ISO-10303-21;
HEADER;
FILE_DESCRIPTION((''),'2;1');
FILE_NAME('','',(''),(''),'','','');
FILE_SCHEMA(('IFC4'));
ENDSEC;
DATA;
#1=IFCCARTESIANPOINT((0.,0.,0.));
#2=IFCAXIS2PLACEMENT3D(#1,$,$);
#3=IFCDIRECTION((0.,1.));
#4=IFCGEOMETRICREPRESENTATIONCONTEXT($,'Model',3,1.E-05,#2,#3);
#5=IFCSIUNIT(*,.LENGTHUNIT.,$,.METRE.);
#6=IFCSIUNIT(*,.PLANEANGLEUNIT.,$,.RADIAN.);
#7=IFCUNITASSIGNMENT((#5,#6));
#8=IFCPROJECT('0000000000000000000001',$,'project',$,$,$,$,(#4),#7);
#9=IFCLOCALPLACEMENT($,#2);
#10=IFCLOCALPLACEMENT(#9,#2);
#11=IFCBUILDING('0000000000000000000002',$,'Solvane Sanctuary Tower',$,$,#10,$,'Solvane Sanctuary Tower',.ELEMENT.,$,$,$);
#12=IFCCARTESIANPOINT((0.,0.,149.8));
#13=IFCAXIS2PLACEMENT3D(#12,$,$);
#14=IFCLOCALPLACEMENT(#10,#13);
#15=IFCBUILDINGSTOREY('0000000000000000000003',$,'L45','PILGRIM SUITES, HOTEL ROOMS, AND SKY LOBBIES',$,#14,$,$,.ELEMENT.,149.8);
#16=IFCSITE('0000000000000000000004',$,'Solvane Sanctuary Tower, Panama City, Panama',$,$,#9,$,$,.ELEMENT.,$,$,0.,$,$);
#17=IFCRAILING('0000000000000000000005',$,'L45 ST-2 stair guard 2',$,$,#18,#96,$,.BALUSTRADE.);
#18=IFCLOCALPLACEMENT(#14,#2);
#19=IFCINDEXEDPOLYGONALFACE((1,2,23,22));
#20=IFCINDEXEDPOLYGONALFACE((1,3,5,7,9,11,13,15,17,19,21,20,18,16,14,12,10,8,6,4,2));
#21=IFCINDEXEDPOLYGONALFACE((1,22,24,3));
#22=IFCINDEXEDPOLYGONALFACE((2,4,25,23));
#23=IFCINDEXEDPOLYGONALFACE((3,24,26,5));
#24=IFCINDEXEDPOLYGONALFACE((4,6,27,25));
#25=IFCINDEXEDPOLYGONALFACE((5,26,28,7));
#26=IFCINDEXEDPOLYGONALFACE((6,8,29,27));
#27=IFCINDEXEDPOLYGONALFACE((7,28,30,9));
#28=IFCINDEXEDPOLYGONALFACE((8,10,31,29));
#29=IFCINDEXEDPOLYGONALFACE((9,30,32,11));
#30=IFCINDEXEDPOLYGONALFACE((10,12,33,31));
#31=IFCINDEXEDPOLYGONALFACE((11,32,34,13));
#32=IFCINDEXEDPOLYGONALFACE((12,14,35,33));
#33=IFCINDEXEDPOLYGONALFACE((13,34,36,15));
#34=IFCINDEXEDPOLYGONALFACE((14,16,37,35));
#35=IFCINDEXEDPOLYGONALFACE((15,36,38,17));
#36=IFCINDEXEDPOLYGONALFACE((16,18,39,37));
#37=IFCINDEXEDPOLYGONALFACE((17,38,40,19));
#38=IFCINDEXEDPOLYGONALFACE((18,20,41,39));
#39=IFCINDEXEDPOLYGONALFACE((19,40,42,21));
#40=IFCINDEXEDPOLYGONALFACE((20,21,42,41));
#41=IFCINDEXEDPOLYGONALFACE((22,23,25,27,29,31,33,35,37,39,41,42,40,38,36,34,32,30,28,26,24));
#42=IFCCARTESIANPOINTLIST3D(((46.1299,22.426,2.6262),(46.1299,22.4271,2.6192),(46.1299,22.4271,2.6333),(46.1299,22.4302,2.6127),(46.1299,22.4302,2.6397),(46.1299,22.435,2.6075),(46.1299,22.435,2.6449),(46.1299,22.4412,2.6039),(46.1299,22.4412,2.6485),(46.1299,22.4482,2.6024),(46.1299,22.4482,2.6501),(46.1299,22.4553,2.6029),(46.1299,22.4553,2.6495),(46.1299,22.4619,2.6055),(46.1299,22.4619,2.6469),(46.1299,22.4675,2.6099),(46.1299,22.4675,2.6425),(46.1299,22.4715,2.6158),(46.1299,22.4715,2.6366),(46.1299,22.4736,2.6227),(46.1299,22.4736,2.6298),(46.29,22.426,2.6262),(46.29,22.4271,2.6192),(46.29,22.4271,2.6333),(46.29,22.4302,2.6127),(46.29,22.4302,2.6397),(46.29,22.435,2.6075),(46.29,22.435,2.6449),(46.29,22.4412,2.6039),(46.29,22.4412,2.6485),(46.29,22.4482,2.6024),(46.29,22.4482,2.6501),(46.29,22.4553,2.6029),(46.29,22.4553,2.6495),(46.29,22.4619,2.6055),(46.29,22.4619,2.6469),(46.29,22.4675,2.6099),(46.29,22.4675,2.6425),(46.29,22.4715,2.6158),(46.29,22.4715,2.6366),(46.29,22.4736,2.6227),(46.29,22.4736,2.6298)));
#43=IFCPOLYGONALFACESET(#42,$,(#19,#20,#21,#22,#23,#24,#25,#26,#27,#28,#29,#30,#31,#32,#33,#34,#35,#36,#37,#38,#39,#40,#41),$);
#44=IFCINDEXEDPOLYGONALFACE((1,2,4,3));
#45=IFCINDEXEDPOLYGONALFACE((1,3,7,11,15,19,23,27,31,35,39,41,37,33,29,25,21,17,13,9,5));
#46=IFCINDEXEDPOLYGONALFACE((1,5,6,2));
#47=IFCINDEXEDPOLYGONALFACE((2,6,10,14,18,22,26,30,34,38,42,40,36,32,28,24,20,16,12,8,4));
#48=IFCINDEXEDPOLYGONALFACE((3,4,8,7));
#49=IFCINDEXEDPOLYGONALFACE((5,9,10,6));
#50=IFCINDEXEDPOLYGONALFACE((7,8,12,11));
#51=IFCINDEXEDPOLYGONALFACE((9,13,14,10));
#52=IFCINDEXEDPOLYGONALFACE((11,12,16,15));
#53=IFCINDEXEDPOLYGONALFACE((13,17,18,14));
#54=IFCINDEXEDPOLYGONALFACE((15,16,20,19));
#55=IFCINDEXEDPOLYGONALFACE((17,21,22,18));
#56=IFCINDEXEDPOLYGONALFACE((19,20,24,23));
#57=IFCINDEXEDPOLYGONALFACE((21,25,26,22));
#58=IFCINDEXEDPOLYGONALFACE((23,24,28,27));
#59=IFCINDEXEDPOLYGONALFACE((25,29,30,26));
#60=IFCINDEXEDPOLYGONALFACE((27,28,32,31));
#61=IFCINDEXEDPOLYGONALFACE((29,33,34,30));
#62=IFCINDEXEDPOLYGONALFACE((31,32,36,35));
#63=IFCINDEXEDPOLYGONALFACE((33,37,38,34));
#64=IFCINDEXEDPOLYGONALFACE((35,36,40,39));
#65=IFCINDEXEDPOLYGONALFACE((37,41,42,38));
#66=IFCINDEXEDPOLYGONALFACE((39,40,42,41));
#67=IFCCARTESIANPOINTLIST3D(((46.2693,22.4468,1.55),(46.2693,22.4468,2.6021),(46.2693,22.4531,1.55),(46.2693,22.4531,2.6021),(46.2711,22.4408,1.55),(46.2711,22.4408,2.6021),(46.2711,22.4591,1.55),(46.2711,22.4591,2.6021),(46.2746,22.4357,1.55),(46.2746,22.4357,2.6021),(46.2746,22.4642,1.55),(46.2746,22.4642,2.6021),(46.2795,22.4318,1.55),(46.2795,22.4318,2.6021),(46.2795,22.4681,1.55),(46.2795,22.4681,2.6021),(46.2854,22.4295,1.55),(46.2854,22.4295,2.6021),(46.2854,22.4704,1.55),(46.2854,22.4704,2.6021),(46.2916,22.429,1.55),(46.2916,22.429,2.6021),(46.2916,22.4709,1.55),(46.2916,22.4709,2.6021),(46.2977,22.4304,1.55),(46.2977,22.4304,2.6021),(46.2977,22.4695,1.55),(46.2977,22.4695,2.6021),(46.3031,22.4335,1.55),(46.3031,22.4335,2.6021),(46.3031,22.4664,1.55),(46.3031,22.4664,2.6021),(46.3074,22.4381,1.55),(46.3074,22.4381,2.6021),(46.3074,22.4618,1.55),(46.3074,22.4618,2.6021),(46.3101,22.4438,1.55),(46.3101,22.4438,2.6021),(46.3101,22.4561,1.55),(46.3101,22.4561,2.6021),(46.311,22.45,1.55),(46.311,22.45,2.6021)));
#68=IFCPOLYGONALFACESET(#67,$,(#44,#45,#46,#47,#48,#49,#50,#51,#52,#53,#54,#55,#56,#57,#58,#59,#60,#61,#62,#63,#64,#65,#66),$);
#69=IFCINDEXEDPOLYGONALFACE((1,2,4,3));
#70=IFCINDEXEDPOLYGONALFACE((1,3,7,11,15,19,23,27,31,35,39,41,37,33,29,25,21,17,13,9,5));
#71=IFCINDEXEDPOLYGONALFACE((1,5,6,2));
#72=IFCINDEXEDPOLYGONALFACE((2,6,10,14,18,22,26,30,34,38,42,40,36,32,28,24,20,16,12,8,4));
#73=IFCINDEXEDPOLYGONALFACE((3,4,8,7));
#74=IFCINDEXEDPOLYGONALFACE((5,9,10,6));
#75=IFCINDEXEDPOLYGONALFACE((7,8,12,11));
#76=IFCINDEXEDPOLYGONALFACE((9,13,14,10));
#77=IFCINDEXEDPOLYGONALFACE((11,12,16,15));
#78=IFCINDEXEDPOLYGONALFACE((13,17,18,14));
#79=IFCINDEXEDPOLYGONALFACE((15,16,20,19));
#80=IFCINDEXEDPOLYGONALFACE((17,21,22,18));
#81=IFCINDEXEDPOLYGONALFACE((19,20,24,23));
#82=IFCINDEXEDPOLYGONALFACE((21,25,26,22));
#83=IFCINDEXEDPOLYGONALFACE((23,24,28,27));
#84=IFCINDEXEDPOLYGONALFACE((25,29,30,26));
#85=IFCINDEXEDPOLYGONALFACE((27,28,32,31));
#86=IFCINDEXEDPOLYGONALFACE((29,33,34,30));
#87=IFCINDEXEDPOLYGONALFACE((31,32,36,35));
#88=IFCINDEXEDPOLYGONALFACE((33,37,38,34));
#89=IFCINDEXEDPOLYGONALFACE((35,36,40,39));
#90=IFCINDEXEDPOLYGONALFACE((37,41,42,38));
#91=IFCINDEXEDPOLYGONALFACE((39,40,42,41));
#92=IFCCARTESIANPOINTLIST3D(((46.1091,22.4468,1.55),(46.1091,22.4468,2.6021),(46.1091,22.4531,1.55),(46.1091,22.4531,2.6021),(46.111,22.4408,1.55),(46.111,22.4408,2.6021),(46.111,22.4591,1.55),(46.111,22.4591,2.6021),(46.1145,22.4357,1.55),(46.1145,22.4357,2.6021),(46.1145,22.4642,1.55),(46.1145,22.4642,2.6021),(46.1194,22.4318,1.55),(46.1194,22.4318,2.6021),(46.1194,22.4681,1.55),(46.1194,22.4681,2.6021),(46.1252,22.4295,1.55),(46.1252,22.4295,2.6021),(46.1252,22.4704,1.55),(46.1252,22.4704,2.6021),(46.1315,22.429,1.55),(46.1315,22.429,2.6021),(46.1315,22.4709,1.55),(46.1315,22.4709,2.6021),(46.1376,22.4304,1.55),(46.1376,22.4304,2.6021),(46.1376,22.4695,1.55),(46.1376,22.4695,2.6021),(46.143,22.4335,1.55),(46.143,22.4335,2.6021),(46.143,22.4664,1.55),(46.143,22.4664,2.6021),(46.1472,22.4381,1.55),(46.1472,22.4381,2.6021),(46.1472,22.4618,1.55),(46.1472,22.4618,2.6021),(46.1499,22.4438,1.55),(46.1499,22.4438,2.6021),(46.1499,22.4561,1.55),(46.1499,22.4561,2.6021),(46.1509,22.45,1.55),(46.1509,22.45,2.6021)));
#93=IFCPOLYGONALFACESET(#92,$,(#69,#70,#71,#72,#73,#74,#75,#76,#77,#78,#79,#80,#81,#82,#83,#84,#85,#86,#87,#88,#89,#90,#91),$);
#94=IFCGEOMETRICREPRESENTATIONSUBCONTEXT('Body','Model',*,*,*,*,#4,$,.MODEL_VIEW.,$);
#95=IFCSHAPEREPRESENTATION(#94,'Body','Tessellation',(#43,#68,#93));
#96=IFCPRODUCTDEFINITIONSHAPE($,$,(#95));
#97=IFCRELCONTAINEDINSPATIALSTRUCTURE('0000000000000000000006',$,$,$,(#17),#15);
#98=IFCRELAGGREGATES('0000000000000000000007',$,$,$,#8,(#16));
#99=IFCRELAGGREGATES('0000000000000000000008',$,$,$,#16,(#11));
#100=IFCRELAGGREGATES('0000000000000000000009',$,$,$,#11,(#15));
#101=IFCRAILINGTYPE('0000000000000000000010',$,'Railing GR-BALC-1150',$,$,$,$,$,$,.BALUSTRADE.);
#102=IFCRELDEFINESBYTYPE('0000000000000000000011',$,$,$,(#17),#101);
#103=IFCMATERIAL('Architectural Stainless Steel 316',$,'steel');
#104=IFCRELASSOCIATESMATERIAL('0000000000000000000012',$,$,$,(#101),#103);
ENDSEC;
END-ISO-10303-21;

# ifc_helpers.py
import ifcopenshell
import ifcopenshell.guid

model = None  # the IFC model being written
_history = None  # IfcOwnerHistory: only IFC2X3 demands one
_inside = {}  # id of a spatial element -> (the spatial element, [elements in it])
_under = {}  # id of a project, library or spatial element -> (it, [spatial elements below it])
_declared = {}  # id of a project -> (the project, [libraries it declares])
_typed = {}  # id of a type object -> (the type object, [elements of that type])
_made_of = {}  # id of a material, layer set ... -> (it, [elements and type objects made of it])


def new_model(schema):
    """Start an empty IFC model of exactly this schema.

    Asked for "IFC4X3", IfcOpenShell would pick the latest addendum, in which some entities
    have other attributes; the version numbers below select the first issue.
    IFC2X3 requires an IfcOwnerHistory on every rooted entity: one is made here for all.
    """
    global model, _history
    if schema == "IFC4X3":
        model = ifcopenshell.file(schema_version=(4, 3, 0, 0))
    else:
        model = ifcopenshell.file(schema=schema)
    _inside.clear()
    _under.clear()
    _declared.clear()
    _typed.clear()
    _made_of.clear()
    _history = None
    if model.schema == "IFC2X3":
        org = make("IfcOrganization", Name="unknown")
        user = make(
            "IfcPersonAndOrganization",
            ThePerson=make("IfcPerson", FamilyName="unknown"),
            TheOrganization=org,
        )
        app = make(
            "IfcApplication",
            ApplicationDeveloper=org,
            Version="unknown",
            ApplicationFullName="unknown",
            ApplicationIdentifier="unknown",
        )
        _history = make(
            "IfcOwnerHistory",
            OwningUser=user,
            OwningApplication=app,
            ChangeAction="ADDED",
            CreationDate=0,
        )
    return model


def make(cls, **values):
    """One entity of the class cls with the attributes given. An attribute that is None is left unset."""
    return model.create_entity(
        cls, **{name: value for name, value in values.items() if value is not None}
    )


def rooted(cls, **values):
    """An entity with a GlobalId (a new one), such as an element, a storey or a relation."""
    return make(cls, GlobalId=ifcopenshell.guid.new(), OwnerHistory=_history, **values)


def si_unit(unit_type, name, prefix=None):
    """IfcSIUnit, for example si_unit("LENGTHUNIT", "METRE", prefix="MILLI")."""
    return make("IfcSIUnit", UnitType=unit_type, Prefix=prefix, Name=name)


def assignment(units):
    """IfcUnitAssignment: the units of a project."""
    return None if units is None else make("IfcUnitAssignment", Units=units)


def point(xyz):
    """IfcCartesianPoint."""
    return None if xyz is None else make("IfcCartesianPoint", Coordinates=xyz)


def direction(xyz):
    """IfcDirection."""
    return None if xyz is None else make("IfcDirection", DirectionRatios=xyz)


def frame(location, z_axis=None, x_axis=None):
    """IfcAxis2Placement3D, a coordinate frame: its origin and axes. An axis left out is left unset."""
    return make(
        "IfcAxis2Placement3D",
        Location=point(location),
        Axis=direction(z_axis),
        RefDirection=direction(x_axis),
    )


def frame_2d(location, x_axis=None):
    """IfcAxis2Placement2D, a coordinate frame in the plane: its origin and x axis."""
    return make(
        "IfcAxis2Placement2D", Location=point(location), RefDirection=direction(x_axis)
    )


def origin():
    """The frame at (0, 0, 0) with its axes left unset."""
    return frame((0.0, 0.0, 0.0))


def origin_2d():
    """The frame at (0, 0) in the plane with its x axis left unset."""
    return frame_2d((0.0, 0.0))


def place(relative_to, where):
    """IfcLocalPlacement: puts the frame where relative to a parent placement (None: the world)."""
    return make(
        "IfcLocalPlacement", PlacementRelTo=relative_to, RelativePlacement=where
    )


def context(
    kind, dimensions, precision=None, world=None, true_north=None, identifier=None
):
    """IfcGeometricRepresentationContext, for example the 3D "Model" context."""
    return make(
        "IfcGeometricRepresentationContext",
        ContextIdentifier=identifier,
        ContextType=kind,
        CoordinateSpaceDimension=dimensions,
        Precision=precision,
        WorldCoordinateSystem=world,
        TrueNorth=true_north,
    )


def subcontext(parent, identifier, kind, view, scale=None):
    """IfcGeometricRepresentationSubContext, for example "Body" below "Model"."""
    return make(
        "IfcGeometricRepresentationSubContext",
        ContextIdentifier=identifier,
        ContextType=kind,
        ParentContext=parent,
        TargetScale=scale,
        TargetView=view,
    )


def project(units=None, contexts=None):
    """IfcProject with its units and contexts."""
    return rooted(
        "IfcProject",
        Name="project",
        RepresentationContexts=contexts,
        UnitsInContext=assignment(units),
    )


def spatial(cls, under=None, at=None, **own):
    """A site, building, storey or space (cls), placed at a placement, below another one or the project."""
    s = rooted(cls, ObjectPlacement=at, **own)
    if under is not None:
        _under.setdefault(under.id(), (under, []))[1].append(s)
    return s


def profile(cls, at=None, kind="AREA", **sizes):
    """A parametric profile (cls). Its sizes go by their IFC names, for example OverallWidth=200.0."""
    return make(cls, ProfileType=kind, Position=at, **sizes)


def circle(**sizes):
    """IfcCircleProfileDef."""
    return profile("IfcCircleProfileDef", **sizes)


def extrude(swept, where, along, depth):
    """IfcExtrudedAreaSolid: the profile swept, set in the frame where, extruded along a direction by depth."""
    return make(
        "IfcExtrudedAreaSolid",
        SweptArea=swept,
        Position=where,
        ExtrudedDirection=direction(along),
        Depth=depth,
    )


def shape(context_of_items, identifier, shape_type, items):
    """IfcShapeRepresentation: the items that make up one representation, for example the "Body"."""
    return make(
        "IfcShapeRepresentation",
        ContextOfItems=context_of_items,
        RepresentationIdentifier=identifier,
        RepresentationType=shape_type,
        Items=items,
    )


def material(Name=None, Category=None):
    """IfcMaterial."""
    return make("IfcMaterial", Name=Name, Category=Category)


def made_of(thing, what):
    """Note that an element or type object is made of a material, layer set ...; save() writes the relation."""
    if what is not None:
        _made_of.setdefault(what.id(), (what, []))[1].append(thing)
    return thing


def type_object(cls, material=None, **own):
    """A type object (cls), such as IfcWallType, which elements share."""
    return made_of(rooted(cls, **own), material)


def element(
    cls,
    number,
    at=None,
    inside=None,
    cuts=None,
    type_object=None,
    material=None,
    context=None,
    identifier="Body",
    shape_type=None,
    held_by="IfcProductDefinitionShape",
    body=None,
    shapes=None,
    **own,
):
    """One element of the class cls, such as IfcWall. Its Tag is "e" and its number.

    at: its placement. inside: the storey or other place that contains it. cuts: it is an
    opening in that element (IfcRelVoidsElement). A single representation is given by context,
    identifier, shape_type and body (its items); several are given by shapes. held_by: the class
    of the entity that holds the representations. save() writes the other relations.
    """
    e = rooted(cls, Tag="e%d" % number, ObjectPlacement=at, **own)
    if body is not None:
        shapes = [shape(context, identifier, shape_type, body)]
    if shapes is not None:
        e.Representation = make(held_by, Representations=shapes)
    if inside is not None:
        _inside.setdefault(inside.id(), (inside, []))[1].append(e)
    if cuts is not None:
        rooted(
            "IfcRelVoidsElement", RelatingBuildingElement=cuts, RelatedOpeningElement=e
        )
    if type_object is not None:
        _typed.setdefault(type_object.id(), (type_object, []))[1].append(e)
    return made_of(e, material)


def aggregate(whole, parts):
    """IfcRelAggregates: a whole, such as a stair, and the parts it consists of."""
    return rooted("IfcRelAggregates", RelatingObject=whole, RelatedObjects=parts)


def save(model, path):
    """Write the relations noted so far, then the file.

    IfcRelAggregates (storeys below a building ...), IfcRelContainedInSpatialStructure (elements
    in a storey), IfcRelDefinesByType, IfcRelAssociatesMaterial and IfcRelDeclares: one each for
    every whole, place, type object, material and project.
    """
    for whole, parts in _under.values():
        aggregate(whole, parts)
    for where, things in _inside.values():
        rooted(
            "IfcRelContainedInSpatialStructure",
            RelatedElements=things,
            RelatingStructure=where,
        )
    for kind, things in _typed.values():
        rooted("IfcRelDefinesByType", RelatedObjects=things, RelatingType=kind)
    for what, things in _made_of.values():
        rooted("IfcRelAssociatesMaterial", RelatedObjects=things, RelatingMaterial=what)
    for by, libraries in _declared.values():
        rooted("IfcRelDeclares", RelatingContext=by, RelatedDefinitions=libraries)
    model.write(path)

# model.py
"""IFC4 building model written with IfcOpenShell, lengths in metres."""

from ifc_helpers import new_model, si_unit, direction, frame, origin, origin_2d, place, context, subcontext, project, spatial, circle, extrude, material, type_object, element, save


model = new_model("IFC4")

# Units and contexts
model_context = context("Model", 3, precision=1e-05, world=origin(), true_north=direction((0.0, 1.0)))
body_context = subcontext(model_context, "Body", "Model", "MODEL_VIEW")
ifc_project = project(units=[si_unit("LENGTHUNIT", "METRE"), si_unit("PLANEANGLEUNIT", "RADIAN")], contexts=[model_context])

# Site, building, storey
site_placement = place(None, origin())
site = spatial("IfcSite", under=ifc_project, at=site_placement, Name="Solvane Sanctuary Tower, Panama City, Panama", CompositionType="ELEMENT", RefElevation=0.0)
building_placement = place(site_placement, origin())
building = spatial("IfcBuilding", under=site, at=building_placement, Name="Solvane Sanctuary Tower", LongName="Solvane Sanctuary Tower", CompositionType="ELEMENT")
storey_placement = place(building_placement, frame((0.0, 0.0, 149.8)))
storey = spatial("IfcBuildingStorey", under=building, at=storey_placement, Name="L45", Description="PILGRIM SUITES, HOTEL ROOMS, AND SKY LOBBIES", CompositionType="ELEMENT", Elevation=149.8)

# Shared definitions
ifc_material_1 = material(Name="Architectural Stainless Steel 316", Category="steel")

# Railing
railing_type = type_object("IfcRailingType", Name="Railing GR-BALC-1150", PredefinedType="BALUSTRADE", material=ifc_material_1)
railing_1_placement = place(storey_placement, frame((46.29, 22.45, 1.55)))
element("IfcRailing", 1, at=railing_1_placement, inside=storey, type_object=railing_type, Name="L45 ST-2 stair guard 2", PredefinedType="BALUSTRADE", context=body_context, shape_type="SweptSolid", body=[
    extrude(circle(Radius=0.0239, at=origin_2d()), frame((0.0, 0.0, 1.0762), z_axis=(-1.0, 0.0, 0.0), x_axis=(0.0, -1.0, 0.0)), (0.0, 0.0, 1.0), 0.1602),
    extrude(circle(Radius=0.021, at=origin_2d()), origin(), (0.0, 0.0, 1.0), 1.052),
    extrude(circle(Radius=0.021, at=origin_2d()), frame((-0.1602, 0.0, 0.0)), (0.0, 0.0, 1.0), 1.052),
])

save(model, "model.ifc")
